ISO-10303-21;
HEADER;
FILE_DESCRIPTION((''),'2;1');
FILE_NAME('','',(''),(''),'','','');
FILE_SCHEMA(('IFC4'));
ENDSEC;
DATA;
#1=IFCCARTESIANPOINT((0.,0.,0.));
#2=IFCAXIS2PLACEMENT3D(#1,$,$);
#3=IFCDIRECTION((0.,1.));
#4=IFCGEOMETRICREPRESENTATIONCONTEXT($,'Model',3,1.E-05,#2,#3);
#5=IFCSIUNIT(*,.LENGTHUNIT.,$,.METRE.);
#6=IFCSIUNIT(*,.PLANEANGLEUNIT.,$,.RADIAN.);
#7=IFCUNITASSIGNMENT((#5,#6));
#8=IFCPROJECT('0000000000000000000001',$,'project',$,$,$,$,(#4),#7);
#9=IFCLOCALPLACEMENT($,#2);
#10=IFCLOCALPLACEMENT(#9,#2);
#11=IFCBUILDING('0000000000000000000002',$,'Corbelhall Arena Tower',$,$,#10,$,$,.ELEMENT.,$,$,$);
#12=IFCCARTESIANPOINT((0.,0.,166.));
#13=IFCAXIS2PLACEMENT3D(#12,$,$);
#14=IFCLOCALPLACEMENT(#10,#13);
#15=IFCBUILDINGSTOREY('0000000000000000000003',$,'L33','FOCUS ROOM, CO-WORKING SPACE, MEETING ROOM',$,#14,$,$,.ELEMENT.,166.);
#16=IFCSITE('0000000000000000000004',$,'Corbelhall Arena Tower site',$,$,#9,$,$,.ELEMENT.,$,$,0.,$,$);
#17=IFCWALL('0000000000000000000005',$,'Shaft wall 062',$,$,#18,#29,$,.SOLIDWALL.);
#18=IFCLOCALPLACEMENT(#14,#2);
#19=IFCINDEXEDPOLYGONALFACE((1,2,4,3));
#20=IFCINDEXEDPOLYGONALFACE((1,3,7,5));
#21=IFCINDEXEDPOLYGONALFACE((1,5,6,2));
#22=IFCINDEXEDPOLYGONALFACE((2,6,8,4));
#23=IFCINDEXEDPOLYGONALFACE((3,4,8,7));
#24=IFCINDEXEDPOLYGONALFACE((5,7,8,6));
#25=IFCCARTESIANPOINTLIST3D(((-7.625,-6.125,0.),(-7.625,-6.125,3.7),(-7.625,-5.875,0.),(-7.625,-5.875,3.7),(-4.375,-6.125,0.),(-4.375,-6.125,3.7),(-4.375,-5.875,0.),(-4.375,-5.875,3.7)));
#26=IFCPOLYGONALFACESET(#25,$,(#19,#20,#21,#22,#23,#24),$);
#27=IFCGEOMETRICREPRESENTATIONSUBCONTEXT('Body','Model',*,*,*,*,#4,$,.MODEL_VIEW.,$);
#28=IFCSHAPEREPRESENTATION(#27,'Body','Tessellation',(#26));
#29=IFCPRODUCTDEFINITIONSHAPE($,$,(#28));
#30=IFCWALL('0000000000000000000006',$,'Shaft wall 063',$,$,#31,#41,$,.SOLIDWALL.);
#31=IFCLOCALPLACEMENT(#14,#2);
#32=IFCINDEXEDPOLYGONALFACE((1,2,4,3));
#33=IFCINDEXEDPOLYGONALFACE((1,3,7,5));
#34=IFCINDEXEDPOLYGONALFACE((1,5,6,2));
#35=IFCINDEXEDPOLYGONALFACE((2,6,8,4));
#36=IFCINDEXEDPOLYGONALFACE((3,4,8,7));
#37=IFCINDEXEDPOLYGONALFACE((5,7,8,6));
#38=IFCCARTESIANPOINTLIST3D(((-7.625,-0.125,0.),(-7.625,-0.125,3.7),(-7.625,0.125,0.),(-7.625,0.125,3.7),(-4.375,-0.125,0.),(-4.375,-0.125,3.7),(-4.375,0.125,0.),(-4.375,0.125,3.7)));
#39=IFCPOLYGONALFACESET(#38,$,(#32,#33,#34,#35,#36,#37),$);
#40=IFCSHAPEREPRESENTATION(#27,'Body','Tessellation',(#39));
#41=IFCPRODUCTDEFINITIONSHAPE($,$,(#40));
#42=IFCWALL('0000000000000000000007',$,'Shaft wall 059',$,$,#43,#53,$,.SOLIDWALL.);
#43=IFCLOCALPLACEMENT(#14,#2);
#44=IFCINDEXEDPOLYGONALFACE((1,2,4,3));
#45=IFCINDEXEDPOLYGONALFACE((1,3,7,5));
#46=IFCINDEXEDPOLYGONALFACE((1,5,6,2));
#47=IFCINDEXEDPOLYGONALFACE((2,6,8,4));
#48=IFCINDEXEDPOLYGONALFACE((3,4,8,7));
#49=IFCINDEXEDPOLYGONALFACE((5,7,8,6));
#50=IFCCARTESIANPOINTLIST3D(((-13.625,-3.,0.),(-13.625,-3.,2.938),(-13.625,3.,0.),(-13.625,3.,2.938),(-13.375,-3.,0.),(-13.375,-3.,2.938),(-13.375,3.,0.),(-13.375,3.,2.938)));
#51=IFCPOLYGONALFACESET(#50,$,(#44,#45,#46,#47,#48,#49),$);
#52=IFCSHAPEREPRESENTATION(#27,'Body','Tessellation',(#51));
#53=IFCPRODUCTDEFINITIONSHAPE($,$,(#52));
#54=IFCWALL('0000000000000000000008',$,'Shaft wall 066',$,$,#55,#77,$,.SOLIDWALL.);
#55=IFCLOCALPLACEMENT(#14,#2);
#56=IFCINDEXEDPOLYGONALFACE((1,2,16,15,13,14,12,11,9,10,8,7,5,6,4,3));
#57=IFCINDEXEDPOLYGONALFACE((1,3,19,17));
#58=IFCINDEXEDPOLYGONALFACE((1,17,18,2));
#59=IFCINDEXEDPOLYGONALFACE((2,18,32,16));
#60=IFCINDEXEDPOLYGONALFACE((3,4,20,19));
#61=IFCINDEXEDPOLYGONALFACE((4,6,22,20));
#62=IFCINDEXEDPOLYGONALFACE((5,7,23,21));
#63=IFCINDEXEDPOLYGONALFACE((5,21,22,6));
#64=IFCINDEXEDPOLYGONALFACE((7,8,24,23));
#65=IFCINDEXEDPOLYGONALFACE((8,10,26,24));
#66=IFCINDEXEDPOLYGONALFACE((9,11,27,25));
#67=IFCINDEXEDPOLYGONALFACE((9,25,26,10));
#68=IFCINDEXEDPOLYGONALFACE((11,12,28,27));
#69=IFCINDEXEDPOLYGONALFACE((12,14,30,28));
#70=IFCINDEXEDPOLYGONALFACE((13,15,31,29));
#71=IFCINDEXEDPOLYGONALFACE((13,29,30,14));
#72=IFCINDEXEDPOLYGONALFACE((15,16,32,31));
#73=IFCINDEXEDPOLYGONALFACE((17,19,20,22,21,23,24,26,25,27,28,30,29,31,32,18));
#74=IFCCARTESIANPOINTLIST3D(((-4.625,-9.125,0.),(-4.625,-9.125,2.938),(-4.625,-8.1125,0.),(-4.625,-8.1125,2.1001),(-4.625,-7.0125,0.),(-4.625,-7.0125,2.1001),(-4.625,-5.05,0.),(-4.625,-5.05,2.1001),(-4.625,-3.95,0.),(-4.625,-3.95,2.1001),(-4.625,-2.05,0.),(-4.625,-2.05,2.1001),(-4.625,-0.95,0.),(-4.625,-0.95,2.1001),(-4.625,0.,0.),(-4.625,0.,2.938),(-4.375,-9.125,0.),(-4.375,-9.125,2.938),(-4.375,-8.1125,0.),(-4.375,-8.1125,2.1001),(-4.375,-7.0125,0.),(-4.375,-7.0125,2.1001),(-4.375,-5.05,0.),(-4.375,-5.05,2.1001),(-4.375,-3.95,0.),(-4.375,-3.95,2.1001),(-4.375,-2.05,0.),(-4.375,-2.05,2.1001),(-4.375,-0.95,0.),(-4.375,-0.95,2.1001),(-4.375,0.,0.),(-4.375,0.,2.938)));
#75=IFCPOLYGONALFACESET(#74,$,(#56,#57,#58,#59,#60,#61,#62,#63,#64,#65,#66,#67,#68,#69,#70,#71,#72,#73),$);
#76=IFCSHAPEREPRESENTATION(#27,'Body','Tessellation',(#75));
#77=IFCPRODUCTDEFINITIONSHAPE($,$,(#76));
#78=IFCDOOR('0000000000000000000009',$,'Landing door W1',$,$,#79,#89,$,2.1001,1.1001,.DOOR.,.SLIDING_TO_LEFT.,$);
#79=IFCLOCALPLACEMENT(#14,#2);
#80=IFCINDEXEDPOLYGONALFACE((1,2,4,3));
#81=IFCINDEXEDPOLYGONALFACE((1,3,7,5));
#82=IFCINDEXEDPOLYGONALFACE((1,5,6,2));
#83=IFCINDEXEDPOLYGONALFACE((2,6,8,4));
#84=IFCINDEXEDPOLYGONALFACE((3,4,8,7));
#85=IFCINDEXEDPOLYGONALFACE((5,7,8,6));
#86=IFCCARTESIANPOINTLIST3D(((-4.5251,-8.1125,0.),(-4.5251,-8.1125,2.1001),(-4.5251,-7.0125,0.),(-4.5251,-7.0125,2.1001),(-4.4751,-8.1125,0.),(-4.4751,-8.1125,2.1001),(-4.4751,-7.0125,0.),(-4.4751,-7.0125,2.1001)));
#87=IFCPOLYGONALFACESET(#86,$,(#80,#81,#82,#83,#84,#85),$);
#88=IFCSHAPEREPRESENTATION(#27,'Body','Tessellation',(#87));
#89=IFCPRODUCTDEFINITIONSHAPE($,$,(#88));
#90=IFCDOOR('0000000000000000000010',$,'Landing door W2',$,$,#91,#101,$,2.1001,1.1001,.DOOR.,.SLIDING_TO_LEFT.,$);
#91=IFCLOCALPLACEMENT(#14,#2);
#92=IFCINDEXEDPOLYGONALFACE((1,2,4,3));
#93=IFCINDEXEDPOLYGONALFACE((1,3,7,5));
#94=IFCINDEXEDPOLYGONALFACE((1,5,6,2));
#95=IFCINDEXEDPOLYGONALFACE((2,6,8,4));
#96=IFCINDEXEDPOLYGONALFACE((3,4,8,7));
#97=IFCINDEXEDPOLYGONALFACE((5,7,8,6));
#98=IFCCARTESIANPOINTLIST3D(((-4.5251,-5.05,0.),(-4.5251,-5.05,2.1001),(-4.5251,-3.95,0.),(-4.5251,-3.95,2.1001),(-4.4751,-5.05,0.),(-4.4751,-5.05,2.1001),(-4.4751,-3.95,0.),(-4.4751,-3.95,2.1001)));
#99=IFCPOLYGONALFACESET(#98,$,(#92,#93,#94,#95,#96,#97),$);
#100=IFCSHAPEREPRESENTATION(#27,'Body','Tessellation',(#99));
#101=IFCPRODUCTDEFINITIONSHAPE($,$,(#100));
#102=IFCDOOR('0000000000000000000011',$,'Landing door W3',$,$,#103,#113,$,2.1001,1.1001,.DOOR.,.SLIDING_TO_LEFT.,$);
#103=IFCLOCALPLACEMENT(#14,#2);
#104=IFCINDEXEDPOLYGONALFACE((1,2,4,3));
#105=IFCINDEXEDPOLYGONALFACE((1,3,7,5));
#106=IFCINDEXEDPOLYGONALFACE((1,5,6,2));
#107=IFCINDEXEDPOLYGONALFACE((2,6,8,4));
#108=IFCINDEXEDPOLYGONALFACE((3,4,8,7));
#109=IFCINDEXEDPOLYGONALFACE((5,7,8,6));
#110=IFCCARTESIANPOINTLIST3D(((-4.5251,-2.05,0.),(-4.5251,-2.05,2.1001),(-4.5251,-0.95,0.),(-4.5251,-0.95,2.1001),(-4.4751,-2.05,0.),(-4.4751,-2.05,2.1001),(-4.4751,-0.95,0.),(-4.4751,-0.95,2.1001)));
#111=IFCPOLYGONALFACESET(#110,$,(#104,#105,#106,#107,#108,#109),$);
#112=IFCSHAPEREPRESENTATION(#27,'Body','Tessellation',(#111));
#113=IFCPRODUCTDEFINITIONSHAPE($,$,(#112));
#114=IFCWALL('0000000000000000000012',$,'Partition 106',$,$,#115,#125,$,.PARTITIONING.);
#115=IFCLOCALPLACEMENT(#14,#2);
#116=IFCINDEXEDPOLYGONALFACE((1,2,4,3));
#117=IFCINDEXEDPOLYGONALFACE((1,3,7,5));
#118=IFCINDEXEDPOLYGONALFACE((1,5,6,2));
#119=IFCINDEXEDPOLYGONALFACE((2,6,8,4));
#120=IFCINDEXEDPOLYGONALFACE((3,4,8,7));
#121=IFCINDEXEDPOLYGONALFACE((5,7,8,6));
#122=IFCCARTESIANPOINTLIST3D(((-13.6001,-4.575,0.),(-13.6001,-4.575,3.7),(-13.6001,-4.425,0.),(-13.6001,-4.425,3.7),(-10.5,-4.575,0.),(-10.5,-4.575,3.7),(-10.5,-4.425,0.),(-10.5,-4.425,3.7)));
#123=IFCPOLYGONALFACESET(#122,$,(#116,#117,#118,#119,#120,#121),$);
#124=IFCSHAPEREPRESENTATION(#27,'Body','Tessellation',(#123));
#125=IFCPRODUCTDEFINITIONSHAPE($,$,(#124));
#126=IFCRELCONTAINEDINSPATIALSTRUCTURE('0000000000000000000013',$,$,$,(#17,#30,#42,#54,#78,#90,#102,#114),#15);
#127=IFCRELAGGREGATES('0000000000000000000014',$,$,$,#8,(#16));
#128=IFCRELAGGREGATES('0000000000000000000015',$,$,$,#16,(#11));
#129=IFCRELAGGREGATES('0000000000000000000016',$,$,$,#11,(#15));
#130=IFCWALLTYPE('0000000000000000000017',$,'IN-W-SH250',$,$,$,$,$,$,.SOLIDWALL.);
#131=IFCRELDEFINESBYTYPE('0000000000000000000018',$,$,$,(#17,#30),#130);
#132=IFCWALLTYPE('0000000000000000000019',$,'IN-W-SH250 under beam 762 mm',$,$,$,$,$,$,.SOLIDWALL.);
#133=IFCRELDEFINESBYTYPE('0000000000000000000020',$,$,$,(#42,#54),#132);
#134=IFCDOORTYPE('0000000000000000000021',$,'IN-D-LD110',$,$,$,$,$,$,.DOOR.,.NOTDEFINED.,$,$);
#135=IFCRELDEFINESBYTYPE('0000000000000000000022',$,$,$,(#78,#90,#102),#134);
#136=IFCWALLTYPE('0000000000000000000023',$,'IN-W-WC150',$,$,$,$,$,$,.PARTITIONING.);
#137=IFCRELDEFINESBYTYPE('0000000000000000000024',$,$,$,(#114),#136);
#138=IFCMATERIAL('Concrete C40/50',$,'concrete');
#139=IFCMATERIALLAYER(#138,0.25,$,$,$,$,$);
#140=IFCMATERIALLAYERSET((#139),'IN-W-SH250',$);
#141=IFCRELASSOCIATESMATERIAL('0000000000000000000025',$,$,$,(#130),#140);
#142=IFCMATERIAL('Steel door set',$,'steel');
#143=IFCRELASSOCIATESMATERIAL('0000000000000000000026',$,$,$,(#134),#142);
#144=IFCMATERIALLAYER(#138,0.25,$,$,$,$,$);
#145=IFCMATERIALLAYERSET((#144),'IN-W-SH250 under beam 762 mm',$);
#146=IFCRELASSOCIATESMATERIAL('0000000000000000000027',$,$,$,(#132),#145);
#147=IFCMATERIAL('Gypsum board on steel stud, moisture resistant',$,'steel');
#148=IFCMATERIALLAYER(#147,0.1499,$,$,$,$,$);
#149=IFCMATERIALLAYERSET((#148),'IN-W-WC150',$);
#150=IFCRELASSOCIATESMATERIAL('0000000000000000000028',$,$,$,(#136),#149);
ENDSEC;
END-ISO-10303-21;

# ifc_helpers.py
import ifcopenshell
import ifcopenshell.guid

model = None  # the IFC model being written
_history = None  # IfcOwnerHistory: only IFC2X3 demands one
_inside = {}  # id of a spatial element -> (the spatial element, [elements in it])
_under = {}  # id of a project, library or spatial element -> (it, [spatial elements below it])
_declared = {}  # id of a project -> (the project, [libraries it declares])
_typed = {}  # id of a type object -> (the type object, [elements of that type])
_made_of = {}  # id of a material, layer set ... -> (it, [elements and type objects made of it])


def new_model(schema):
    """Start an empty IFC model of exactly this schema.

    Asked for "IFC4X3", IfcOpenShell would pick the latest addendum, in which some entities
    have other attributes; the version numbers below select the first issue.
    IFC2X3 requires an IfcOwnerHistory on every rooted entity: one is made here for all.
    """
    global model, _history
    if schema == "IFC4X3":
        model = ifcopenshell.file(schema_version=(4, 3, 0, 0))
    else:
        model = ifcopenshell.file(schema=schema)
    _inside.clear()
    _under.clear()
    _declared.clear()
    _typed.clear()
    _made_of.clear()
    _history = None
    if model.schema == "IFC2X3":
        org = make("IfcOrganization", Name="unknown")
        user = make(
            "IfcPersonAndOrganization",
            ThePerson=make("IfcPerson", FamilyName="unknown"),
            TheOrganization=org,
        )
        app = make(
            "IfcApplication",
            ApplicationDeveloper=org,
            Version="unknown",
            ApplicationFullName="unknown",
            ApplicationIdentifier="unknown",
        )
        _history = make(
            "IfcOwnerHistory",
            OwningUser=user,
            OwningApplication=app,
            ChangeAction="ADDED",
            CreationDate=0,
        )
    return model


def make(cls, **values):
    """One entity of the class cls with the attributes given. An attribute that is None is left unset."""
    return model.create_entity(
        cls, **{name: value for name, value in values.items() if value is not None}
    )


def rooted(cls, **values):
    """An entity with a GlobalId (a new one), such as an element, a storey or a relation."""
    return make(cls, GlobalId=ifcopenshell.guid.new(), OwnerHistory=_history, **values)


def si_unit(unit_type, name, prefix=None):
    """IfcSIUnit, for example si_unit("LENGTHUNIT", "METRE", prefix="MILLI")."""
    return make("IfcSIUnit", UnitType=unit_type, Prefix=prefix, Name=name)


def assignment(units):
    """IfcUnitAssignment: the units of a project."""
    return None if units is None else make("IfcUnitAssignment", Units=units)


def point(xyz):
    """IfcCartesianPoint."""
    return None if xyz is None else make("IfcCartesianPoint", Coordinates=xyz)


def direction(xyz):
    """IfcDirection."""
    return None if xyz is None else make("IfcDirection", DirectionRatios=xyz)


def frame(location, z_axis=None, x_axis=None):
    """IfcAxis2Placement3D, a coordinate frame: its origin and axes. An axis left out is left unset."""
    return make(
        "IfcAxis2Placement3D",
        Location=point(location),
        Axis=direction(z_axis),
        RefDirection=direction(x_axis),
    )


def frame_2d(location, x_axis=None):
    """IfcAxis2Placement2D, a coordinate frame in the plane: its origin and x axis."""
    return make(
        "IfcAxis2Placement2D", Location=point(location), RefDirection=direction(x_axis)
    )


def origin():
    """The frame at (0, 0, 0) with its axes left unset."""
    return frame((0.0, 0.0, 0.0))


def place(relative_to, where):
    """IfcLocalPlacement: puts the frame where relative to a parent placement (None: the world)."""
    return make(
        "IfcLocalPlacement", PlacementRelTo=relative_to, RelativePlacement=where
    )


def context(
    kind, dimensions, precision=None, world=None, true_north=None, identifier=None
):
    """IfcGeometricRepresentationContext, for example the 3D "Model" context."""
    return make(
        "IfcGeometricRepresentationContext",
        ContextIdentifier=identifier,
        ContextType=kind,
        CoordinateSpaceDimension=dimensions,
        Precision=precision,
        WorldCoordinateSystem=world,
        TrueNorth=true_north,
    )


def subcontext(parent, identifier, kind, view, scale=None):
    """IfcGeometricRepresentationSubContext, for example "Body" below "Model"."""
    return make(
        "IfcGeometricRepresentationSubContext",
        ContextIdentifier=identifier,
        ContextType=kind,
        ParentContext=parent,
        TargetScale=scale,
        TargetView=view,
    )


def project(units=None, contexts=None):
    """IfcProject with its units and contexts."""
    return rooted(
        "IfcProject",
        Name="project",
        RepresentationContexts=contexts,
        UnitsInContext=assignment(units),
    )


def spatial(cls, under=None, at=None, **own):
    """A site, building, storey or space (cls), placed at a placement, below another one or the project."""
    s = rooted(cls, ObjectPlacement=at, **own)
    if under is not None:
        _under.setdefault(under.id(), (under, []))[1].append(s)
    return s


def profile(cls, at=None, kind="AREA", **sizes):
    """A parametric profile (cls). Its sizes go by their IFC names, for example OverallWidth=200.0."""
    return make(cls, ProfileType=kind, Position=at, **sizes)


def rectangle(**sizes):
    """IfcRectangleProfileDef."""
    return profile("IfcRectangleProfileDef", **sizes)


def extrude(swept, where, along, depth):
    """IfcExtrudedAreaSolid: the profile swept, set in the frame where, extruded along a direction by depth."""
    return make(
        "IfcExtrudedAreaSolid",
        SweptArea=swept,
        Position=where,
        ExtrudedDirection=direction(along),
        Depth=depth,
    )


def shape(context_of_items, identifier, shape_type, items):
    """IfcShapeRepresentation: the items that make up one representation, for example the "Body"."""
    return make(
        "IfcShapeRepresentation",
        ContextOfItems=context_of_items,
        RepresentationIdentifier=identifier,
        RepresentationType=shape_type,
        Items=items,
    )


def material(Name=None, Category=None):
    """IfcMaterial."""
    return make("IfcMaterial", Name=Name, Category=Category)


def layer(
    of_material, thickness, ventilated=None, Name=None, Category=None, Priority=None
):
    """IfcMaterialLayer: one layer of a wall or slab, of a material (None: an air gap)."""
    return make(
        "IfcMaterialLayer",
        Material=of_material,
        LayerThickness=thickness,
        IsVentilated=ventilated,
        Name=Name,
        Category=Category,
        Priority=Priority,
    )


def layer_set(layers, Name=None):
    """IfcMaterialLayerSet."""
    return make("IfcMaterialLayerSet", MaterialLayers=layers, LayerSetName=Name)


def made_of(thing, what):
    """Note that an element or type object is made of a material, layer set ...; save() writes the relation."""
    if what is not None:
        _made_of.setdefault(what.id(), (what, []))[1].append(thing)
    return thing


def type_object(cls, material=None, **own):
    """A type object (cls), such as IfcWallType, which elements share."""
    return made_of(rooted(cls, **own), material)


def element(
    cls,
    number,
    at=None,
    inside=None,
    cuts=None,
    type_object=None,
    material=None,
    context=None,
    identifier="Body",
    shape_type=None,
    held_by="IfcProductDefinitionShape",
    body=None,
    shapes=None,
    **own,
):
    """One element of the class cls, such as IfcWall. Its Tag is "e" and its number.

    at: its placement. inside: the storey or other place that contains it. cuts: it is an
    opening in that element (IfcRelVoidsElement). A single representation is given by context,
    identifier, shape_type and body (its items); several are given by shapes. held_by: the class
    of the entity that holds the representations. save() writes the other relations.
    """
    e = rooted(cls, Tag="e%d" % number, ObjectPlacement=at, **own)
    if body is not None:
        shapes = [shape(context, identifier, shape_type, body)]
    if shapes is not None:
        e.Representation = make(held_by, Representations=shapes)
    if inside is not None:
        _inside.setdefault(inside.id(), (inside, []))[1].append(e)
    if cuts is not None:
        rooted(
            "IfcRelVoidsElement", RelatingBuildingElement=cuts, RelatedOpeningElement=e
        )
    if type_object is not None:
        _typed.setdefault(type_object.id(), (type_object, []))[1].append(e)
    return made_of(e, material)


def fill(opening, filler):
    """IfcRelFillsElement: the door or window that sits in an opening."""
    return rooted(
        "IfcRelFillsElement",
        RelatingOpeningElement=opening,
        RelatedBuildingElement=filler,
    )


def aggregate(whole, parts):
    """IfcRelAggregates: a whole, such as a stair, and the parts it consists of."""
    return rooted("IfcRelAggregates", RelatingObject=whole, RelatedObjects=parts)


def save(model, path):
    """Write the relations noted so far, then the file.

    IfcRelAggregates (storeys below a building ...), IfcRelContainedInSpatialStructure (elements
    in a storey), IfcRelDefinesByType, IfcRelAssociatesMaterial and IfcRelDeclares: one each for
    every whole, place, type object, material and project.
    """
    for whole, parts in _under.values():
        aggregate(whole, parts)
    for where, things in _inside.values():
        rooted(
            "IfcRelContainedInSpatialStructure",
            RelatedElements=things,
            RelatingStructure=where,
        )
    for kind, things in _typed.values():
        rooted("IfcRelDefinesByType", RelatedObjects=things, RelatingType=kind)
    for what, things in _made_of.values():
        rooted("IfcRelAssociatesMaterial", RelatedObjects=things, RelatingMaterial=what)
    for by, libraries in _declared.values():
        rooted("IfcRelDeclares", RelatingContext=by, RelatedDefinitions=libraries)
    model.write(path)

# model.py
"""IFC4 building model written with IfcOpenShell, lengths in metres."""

from ifc_helpers import new_model, si_unit, direction, frame, frame_2d, origin, place, context, subcontext, project, spatial, rectangle, extrude, material, layer, layer_set, type_object, element, fill, save


model = new_model("IFC4")

# Units and contexts
model_context = context("Model", 3, precision=1e-05, world=origin(), true_north=direction((0.0, 1.0)))
body_context = subcontext(model_context, "Body", "Model", "MODEL_VIEW")
ifc_project = project(units=[si_unit("LENGTHUNIT", "METRE"), si_unit("PLANEANGLEUNIT", "RADIAN")], contexts=[model_context])

# Site, building, storey
site_placement = place(None, origin())
site = spatial("IfcSite", under=ifc_project, at=site_placement, Name="Corbelhall Arena Tower site", CompositionType="ELEMENT", RefElevation=0.0)
building_placement = place(site_placement, origin())
building = spatial("IfcBuilding", under=site, at=building_placement, Name="Corbelhall Arena Tower", CompositionType="ELEMENT")
storey_placement = place(building_placement, frame((0.0, 0.0, 166.0)))
storey = spatial("IfcBuildingStorey", under=building, at=storey_placement, Name="L33", Description="FOCUS ROOM, CO-WORKING SPACE, MEETING ROOM", CompositionType="ELEMENT", Elevation=166.0)

# Shared definitions
ifc_material_1 = material(Name="Steel door set", Category="steel")

# Shared definitions
ifc_material_2 = material(Name="Concrete C40/50", Category="concrete")
ifc_layer_1 = layer(ifc_material_2, 0.25)
ifc_layer_set_1 = layer_set([ifc_layer_1], Name="IN-W-SH250")
wall_type_1 = type_object("IfcWallType", Name="IN-W-SH250", PredefinedType="SOLIDWALL", material=ifc_layer_set_1)

# Shared definitions
door_type_1 = type_object("IfcDoorType", Name="IN-D-LD110", OperationType="NOTDEFINED", PredefinedType="DOOR", material=ifc_material_1)

# Walls
for number, where, z_axis, x_axis, name in (
    (1, (-7.625, -6.0, 0.0), (0.0, 0.0, 1.0), (1.0, 0.0, 0.0), "Shaft wall 062"),
    (2, (-7.625, 0.0, 0.0), (0.0, 0.0, 1.0), (1.0, 0.0, 0.0), "Shaft wall 063"),
):
    element("IfcWall", number, at=place(storey_placement, frame(where, z_axis=z_axis, x_axis=x_axis)), inside=storey, type_object=wall_type_1, Name=name, PredefinedType="SOLIDWALL", context=body_context, shape_type="SweptSolid", body=[
        extrude(rectangle(XDim=3.25, YDim=0.25, at=frame_2d((1.625, 0.0))), origin(), (0.0, 0.0, 1.0), 3.7),
    ])
ifc_layer_2 = layer(ifc_material_2, 0.25)
ifc_layer_set_2 = layer_set([ifc_layer_2], Name="IN-W-SH250 under beam 762 mm")
wall_type_2 = type_object("IfcWallType", Name="IN-W-SH250 under beam 762 mm", PredefinedType="SOLIDWALL", material=ifc_layer_set_2)
wall_1_placement = place(storey_placement, frame((-13.5, -3.0, 0.0), z_axis=(0.0, 0.0, 1.0), x_axis=(0.0, 1.0, 0.0)))
element("IfcWall", 3, at=wall_1_placement, inside=storey, type_object=wall_type_2, Name="Shaft wall 059", PredefinedType="SOLIDWALL", context=body_context, shape_type="SweptSolid", body=[
    extrude(rectangle(XDim=6.0, YDim=0.25, at=frame_2d((3.0, 0.0))), origin(), (0.0, 0.0, 1.0), 2.938),
])

# Wall, openings, doors
wall_2_placement = place(storey_placement, frame((-4.5, 0.0, 0.0), z_axis=(0.0, 0.0, 1.0), x_axis=(0.0, -1.0, 0.0)))
wall_2 = element("IfcWall", 4, at=wall_2_placement, inside=storey, type_object=wall_type_2, Name="Shaft wall 066", PredefinedType="SOLIDWALL", context=body_context, shape_type="SweptSolid", body=[
    extrude(rectangle(XDim=9.125, YDim=0.25, at=frame_2d((4.5625, 0.0))), origin(), (0.0, 0.0, 1.0), 2.938),
])
opening_1_placement = place(wall_2_placement, frame((7.0125, 0.0, 0.0)))
opening_1 = element("IfcOpeningElement", 5, at=opening_1_placement, cuts=wall_2, PredefinedType="OPENING", context=body_context, shape_type="SweptSolid", body=[
    extrude(rectangle(XDim=1.1001, YDim=2.1001, at=frame_2d((0.55, 1.05))), frame((0.0, 0.125, 0.0), z_axis=(0.0, -1.0, 0.0), x_axis=(1.0, 0.0, 0.0)), (0.0, 0.0, 1.0), 0.25),
])
opening_2_placement = place(wall_2_placement, frame((3.95, 0.0, 0.0)))
opening_2 = element("IfcOpeningElement", 6, at=opening_2_placement, cuts=wall_2, PredefinedType="OPENING", context=body_context, shape_type="SweptSolid", body=[
    extrude(rectangle(XDim=1.1001, YDim=2.1001, at=frame_2d((0.55, 1.05))), frame((0.0, 0.125, 0.0), z_axis=(0.0, -1.0, 0.0), x_axis=(1.0, 0.0, 0.0)), (0.0, 0.0, 1.0), 0.25),
])
opening_3_placement = place(wall_2_placement, frame((0.95, 0.0, 0.0)))
opening_3 = element("IfcOpeningElement", 7, at=opening_3_placement, cuts=wall_2, PredefinedType="OPENING", context=body_context, shape_type="SweptSolid", body=[
    extrude(rectangle(XDim=1.1001, YDim=2.1001, at=frame_2d((0.55, 1.05))), frame((0.0, 0.125, 0.0), z_axis=(0.0, -1.0, 0.0), x_axis=(1.0, 0.0, 0.0)), (0.0, 0.0, 1.0), 0.25),
])
door_1_placement = place(opening_1_placement, origin())
door_1 = element("IfcDoor", 8, at=door_1_placement, inside=storey, type_object=door_type_1, Name="Landing door W1", OperationType="SLIDING_TO_LEFT", OverallHeight=2.1001, OverallWidth=1.1001, PredefinedType="DOOR", context=body_context, shape_type="SweptSolid", body=[
    extrude(rectangle(XDim=1.1001, YDim=2.1001, at=frame_2d((0.55, 1.05))), frame((0.0, 0.0249, 0.0), z_axis=(0.0, -1.0, 0.0), x_axis=(1.0, 0.0, 0.0)), (0.0, 0.0, 1.0), 0.05),
])
fill(opening_1, door_1)
door_2_placement = place(opening_2_placement, origin())
door_2 = element("IfcDoor", 9, at=door_2_placement, inside=storey, type_object=door_type_1, Name="Landing door W2", OperationType="SLIDING_TO_LEFT", OverallHeight=2.1001, OverallWidth=1.1001, PredefinedType="DOOR", context=body_context, shape_type="SweptSolid", body=[
    extrude(rectangle(XDim=1.1001, YDim=2.1001, at=frame_2d((0.55, 1.05))), frame((0.0, 0.0249, 0.0), z_axis=(0.0, -1.0, 0.0), x_axis=(1.0, 0.0, 0.0)), (0.0, 0.0, 1.0), 0.05),
])
fill(opening_2, door_2)
door_3_placement = place(opening_3_placement, origin())
door_3 = element("IfcDoor", 10, at=door_3_placement, inside=storey, type_object=door_type_1, Name="Landing door W3", OperationType="SLIDING_TO_LEFT", OverallHeight=2.1001, OverallWidth=1.1001, PredefinedType="DOOR", context=body_context, shape_type="SweptSolid", body=[
    extrude(rectangle(XDim=1.1001, YDim=2.1001, at=frame_2d((0.55, 1.05))), frame((0.0, 0.0249, 0.0), z_axis=(0.0, -1.0, 0.0), x_axis=(1.0, 0.0, 0.0)), (0.0, 0.0, 1.0), 0.05),
])
fill(opening_3, door_3)

# Wall
ifc_material_3 = material(Name="Gypsum board on steel stud, moisture resistant", Category="steel")
ifc_layer_3 = layer(ifc_material_3, 0.1499)
ifc_layer_set_3 = layer_set([ifc_layer_3], Name="IN-W-WC150")
wall_type_3 = type_object("IfcWallType", Name="IN-W-WC150", PredefinedType="PARTITIONING", material=ifc_layer_set_3)
wall_3_placement = place(storey_placement, frame((-13.6001, -4.5, 0.0), z_axis=(0.0, 0.0, 1.0), x_axis=(1.0, 0.0, 0.0)))
element("IfcWall", 11, at=wall_3_placement, inside=storey, type_object=wall_type_3, Name="Partition 106", PredefinedType="PARTITIONING", context=body_context, shape_type="SweptSolid", body=[
    extrude(rectangle(XDim=3.1001, YDim=0.1499, at=frame_2d((1.55, 0.0))), origin(), (0.0, 0.0, 1.0), 3.7),
])

save(model, "model.ifc")
